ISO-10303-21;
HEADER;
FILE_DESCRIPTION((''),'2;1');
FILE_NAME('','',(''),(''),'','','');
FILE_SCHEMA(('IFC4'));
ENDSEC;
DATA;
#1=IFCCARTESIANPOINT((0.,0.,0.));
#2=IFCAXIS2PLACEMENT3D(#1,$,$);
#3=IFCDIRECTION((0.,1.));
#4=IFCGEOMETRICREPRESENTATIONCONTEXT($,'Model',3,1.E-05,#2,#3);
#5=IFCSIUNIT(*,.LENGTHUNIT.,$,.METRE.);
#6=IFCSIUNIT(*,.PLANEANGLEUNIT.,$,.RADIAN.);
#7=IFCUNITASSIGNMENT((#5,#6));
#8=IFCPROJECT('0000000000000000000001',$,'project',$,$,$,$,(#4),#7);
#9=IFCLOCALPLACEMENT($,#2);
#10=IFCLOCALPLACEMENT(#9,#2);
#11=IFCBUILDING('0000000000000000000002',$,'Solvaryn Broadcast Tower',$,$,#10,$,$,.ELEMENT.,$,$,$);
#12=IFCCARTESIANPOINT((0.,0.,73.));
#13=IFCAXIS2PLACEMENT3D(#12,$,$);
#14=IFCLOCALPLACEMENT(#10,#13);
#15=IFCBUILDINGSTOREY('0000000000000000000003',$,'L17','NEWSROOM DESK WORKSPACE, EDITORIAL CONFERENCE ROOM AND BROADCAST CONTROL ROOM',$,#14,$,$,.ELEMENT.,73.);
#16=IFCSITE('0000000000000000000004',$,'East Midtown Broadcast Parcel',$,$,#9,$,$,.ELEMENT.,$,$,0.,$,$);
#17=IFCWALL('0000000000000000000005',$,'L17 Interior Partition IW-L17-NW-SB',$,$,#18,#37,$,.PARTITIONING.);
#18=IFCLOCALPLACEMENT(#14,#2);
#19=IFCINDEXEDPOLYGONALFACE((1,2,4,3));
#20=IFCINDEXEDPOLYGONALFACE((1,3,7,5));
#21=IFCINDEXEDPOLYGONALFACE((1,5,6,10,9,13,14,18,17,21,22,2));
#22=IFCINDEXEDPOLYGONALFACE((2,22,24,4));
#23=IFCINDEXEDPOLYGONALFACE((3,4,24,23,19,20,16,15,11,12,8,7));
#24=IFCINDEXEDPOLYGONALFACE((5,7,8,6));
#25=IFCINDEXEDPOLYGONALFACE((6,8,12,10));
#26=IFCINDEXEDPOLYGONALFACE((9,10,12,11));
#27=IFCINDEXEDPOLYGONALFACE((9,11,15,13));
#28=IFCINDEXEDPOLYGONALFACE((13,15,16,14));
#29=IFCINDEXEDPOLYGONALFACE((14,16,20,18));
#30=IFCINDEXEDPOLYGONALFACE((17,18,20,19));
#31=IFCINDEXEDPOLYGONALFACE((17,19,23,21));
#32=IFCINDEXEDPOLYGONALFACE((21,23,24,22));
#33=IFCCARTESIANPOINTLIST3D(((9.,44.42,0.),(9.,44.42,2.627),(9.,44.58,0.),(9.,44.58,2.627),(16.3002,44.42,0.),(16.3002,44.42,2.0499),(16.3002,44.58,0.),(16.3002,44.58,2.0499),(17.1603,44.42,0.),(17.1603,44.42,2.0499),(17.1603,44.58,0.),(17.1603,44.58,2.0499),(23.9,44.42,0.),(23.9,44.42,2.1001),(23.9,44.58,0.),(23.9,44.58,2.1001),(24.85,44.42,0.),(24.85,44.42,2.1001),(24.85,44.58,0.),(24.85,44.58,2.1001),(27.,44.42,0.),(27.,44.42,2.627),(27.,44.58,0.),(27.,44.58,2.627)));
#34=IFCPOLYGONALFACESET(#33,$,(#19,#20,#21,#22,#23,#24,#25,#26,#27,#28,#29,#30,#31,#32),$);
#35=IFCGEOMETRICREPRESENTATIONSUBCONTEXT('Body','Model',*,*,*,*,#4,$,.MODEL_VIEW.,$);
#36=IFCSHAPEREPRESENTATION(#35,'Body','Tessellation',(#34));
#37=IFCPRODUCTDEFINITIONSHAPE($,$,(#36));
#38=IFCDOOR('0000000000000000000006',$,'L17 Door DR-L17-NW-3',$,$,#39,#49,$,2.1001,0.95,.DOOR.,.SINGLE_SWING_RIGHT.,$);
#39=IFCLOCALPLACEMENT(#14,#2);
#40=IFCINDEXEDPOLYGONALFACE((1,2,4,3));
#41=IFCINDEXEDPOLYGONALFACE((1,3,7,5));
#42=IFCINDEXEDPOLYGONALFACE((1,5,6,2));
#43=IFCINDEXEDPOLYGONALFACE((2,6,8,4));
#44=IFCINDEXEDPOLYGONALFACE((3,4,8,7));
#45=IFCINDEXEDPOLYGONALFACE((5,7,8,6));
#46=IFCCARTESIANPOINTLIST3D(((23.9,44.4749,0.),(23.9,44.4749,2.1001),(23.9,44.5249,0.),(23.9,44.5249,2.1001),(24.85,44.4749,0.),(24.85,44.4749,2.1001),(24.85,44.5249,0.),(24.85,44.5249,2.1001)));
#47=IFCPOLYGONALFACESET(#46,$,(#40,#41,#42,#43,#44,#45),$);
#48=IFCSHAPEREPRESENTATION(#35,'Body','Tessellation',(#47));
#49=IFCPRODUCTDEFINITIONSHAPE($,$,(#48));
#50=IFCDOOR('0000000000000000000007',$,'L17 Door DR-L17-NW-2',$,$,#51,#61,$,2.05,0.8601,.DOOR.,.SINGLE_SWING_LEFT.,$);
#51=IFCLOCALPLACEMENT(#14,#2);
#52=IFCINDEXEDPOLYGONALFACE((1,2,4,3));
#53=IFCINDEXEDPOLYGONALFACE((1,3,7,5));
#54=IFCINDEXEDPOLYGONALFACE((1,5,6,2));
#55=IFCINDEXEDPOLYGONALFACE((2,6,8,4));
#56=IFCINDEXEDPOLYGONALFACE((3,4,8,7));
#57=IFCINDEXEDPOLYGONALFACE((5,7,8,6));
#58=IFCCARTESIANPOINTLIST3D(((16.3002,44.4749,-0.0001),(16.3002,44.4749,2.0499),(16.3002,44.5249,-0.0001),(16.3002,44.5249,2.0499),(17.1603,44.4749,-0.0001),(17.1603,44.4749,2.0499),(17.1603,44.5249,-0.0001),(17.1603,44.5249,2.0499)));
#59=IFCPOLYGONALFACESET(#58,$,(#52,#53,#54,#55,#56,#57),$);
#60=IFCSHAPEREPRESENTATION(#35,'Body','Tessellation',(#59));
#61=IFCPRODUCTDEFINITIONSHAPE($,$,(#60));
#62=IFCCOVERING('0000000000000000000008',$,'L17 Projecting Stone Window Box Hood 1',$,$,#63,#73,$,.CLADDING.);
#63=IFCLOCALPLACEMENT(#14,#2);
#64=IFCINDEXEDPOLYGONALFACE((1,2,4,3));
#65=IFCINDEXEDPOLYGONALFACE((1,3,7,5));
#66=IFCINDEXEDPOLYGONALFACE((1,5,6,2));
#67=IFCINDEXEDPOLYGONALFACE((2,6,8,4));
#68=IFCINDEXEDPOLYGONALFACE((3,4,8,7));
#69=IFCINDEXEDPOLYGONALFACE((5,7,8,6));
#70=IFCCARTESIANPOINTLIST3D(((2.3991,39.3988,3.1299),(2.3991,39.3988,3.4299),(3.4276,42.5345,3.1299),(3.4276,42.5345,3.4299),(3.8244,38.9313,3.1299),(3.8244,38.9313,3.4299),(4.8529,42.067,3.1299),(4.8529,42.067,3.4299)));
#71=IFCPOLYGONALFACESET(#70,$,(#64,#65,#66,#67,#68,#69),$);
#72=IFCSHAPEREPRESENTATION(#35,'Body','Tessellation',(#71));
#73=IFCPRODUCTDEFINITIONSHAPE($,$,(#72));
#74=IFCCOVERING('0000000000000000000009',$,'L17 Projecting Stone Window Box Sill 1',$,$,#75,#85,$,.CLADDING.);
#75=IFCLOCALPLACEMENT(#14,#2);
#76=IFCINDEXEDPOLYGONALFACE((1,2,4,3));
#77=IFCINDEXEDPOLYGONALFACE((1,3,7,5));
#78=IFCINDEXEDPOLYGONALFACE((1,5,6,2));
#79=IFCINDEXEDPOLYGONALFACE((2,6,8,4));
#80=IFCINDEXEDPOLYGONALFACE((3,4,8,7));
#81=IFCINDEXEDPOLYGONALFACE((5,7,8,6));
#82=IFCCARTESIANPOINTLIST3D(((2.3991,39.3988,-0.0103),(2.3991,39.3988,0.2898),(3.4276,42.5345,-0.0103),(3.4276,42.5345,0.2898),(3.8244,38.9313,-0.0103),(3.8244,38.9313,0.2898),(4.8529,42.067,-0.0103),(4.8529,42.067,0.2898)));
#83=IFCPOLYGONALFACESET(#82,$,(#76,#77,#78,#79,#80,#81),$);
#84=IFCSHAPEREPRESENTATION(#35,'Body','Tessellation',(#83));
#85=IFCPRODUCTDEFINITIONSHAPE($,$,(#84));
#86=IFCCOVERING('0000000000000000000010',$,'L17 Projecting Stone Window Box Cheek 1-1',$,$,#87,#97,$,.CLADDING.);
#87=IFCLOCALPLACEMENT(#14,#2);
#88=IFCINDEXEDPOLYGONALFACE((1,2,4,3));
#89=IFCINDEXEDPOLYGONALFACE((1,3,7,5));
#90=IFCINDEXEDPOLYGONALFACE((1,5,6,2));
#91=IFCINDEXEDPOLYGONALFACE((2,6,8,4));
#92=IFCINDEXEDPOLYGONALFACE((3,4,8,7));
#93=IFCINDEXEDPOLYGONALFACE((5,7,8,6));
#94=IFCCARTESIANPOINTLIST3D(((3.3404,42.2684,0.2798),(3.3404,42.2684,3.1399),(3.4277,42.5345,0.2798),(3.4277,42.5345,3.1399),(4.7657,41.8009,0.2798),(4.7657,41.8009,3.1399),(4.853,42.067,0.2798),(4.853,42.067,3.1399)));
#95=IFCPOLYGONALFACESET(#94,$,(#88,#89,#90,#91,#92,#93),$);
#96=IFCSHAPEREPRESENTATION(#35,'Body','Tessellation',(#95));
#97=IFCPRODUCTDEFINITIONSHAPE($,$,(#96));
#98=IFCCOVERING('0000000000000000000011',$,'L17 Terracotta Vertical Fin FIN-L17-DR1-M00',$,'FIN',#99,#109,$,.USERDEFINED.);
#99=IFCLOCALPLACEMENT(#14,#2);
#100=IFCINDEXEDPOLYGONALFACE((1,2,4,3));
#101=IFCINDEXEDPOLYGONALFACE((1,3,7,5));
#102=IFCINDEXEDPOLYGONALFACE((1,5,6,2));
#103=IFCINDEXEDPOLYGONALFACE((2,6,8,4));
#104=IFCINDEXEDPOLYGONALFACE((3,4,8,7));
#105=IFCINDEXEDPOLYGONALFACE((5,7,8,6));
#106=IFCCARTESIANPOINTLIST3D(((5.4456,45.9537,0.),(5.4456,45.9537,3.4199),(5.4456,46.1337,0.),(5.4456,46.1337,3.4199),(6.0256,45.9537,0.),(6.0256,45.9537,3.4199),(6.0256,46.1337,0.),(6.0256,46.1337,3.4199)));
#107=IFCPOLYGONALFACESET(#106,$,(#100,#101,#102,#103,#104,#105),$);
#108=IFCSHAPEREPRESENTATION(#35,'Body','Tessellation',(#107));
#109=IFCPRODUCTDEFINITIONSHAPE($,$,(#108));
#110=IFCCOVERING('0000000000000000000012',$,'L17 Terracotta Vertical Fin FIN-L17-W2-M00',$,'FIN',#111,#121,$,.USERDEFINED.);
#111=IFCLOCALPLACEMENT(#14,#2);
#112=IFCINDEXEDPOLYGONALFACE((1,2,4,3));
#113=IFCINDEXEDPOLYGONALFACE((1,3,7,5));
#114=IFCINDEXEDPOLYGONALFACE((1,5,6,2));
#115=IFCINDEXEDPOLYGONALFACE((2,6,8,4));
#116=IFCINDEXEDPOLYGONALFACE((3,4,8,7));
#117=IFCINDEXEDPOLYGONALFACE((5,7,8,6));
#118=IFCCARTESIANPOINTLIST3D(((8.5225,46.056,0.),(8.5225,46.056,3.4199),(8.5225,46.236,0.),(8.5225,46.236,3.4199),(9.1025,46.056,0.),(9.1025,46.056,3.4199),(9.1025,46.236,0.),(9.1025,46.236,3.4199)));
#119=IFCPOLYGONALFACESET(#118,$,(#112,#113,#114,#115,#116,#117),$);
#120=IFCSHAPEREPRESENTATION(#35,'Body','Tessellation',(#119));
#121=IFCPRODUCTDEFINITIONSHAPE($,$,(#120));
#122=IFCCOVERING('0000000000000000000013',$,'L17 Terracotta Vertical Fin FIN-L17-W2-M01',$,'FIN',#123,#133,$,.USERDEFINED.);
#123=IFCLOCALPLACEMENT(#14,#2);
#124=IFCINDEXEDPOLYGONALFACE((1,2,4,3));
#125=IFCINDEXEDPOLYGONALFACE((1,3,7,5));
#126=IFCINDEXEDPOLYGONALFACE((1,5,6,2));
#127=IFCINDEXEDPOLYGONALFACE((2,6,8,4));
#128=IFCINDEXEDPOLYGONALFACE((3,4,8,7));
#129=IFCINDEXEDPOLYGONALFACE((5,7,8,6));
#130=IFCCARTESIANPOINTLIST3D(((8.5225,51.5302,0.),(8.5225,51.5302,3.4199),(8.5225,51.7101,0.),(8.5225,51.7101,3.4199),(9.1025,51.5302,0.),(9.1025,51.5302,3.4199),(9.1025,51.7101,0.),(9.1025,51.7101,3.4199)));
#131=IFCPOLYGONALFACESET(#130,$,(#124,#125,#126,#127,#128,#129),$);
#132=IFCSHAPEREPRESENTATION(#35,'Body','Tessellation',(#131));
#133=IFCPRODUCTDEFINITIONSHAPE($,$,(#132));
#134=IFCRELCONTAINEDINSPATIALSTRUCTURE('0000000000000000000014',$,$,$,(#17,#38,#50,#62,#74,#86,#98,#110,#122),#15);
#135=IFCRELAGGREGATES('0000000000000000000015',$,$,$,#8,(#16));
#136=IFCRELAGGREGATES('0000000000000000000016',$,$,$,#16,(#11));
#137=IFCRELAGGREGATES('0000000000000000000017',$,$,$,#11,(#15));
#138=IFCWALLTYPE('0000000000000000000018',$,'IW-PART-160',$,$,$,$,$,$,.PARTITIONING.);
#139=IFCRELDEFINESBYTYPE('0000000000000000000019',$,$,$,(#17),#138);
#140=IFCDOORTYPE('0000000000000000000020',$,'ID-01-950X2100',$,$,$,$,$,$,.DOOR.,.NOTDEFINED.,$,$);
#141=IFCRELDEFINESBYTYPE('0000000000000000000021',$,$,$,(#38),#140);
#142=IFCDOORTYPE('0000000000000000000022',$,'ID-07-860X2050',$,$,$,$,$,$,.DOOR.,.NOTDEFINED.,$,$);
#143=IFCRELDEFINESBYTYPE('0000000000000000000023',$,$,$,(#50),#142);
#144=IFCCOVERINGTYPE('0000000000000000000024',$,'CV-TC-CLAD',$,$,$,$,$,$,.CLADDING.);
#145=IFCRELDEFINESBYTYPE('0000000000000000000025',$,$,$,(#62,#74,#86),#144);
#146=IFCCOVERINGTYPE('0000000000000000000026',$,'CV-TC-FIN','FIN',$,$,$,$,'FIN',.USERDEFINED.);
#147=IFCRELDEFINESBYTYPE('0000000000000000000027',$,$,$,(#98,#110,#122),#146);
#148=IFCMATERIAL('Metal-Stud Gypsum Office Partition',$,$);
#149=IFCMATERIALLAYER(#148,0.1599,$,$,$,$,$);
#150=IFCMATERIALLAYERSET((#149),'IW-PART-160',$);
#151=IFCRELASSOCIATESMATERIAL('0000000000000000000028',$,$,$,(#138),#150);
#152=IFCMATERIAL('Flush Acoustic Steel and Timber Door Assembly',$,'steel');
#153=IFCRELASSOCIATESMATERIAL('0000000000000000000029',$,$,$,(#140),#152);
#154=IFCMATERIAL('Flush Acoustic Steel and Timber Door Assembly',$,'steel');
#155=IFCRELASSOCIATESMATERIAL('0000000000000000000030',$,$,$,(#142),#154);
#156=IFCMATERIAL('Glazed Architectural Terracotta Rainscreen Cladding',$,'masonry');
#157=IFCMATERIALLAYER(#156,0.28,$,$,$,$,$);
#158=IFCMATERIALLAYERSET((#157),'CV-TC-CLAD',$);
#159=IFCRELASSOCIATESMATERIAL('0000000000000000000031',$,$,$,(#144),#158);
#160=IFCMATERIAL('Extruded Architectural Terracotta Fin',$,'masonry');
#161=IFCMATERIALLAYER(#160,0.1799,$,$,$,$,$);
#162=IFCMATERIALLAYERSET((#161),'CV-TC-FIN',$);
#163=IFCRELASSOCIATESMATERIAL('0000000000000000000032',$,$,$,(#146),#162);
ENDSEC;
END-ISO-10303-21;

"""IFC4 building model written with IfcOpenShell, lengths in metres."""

from ifc_helpers import new_model, si_unit, direction, frame, frame_2d, origin, origin_2d, place, context, subcontext, project, spatial, rectangle, extrude, material, layer, layer_set, type_object, element, fill, save


model = new_model("IFC4")

# Units and contexts
model_context = context("Model", 3, precision=1e-05, world=origin(), true_north=direction((0.0, 1.0)))
body_context = subcontext(model_context, "Body", "Model", "MODEL_VIEW")
ifc_project = project(units=[si_unit("LENGTHUNIT", "METRE"), si_unit("PLANEANGLEUNIT", "RADIAN")], contexts=[model_context])

# Site, building, storey
site_placement = place(None, origin())
site = spatial("IfcSite", under=ifc_project, at=site_placement, Name="East Midtown Broadcast Parcel", CompositionType="ELEMENT", RefElevation=0.0)
building_placement = place(site_placement, origin())
building = spatial("IfcBuilding", under=site, at=building_placement, Name="Solvaryn Broadcast Tower", CompositionType="ELEMENT")
storey_placement = place(building_placement, frame((0.0, 0.0, 73.0)))
storey = spatial("IfcBuildingStorey", under=building, at=storey_placement, Name="L17", Description="NEWSROOM DESK WORKSPACE, EDITORIAL CONFERENCE ROOM AND BROADCAST CONTROL ROOM", CompositionType="ELEMENT", Elevation=73.0)

# Shared definitions
ifc_material_1 = material(Name="Metal-Stud Gypsum Office Partition")
ifc_layer_1 = layer(ifc_material_1, 0.1599)
ifc_layer_set_1 = layer_set([ifc_layer_1], Name="IW-PART-160")
wall_type_1 = type_object("IfcWallType", Name="IW-PART-160", PredefinedType="PARTITIONING", material=ifc_layer_set_1)

# Wall, openings, doors
wall_1_placement = place(storey_placement, frame((9.0, 44.5, 0.0), z_axis=(0.0, 0.0, 1.0), x_axis=(1.0, 0.0, 0.0)))
wall_1 = element("IfcWall", 1, at=wall_1_placement, inside=storey, type_object=wall_type_1, Name="L17 Interior Partition IW-L17-NW-SB", PredefinedType="PARTITIONING", context=body_context, shape_type="SweptSolid", body=[
    extrude(rectangle(XDim=18.0, YDim=0.1599, at=frame_2d((9.0, 0.0))), origin(), (0.0, 0.0, 1.0), 2.627),
])
opening_1_placement = place(wall_1_placement, frame((7.3, 0.0, 0.0)))
opening_1 = element("IfcOpeningElement", 2, at=opening_1_placement, cuts=wall_1, PredefinedType="OPENING", context=body_context, shape_type="SweptSolid", body=[
    extrude(rectangle(XDim=0.8601, YDim=2.05, at=frame_2d((0.4302, 1.0249))), frame((0.0, 0.0901, 0.0), z_axis=(0.0, -1.0, 0.0), x_axis=(1.0, 0.0, 0.0)), (0.0, 0.0, 1.0), 0.1799),
])
opening_2_placement = place(wall_1_placement, frame((14.8999, 0.0, 0.0)))
opening_2 = element("IfcOpeningElement", 3, at=opening_2_placement, cuts=wall_1, PredefinedType="OPENING", context=body_context, shape_type="SweptSolid", body=[
    extrude(rectangle(XDim=0.95, YDim=2.1001, at=frame_2d((0.4751, 1.05))), frame((0.0, 0.0901, 0.0), z_axis=(0.0, -1.0, 0.0), x_axis=(1.0, 0.0, 0.0)), (0.0, 0.0, 1.0), 0.1799),
])
ifc_material_2 = material(Name="Flush Acoustic Steel and Timber Door Assembly", Category="steel")
door_type_1 = type_object("IfcDoorType", Name="ID-01-950X2100", OperationType="NOTDEFINED", PredefinedType="DOOR", material=ifc_material_2)
door_1_placement = place(opening_2_placement, origin())
door_1 = element("IfcDoor", 4, at=door_1_placement, inside=storey, type_object=door_type_1, Name="L17 Door DR-L17-NW-3", OperationType="SINGLE_SWING_RIGHT", OverallHeight=2.1001, OverallWidth=0.95, PredefinedType="DOOR", context=body_context, shape_type="SweptSolid", body=[
    extrude(rectangle(XDim=0.95, YDim=2.1001, at=frame_2d((0.4751, 1.05))), frame((0.0, 0.0249, 0.0), z_axis=(0.0, -1.0, 0.0), x_axis=(1.0, 0.0, 0.0)), (0.0, 0.0, 1.0), 0.05),
])
fill(opening_2, door_1)
ifc_material_3 = material(Name="Flush Acoustic Steel and Timber Door Assembly", Category="steel")
door_type_2 = type_object("IfcDoorType", Name="ID-07-860X2050", OperationType="NOTDEFINED", PredefinedType="DOOR", material=ifc_material_3)
door_2_placement = place(opening_1_placement, origin())
door_2 = element("IfcDoor", 5, at=door_2_placement, inside=storey, type_object=door_type_2, Name="L17 Door DR-L17-NW-2", OperationType="SINGLE_SWING_LEFT", OverallHeight=2.05, OverallWidth=0.8601, PredefinedType="DOOR", context=body_context, shape_type="SweptSolid", body=[
    extrude(rectangle(XDim=0.8601, YDim=2.05, at=frame_2d((0.4302, 1.0249))), frame((0.0, 0.0249, 0.0), z_axis=(0.0, -1.0, 0.0), x_axis=(1.0, 0.0, 0.0)), (0.0, 0.0, 1.0), 0.05),
])
fill(opening_1, door_2)

# Coverings
ifc_material_4 = material(Name="Glazed Architectural Terracotta Rainscreen Cladding", Category="masonry")
ifc_layer_2 = layer(ifc_material_4, 0.28)
ifc_layer_set_2 = layer_set([ifc_layer_2], Name="CV-TC-CLAD")
covering_type_1 = type_object("IfcCoveringType", Name="CV-TC-CLAD", PredefinedType="CLADDING", material=ifc_layer_set_2)
for number, where, z_axis, x_axis, name in (
    (6, (3.626, 40.7329, 3.1299), (0.0, 0.0, 1.0), (-0.311672, -0.95019, 0.0), "L17 Projecting Stone Window Box Hood 1"),
    (7, (3.626, 40.7329, -0.0103), (0.0, 0.0, 1.0), (-0.311672, -0.95019, 0.0), "L17 Projecting Stone Window Box Sill 1"),
):
    element("IfcCovering", number, at=place(storey_placement, frame(where, z_axis=z_axis, x_axis=x_axis)), inside=storey, type_object=covering_type_1, Name=name, PredefinedType="CLADDING", context=body_context, shape_type="SweptSolid", body=[
        extrude(rectangle(XDim=3.3, YDim=1.5, at=origin_2d()), origin(), (0.0, 0.0, 1.0), 0.3),
    ])
covering_placement = place(storey_placement, frame((4.0967, 42.1677, 0.2798), z_axis=(0.0, 0.0, 1.0), x_axis=(-0.311672, -0.95019, 0.0)))
element("IfcCovering", 8, at=covering_placement, inside=storey, type_object=covering_type_1, Name="L17 Projecting Stone Window Box Cheek 1-1", PredefinedType="CLADDING", context=body_context, shape_type="SweptSolid", body=[
    extrude(rectangle(XDim=0.28, YDim=1.5, at=origin_2d()), origin(), (0.0, 0.0, 1.0), 2.8601),
])
ifc_material_5 = material(Name="Extruded Architectural Terracotta Fin", Category="masonry")
ifc_layer_3 = layer(ifc_material_5, 0.1799)
ifc_layer_set_3 = layer_set([ifc_layer_3], Name="CV-TC-FIN")
covering_type_2 = type_object("IfcCoveringType", Name="CV-TC-FIN", Description="FIN", ElementType="FIN", PredefinedType="USERDEFINED", material=ifc_layer_set_3)
for number, where, z_axis, x_axis, name in (
    (9, (5.7356, 46.0437, 0.0), (0.0, 0.0, 1.0), (1.0, 0.0, 0.0), "L17 Terracotta Vertical Fin FIN-L17-DR1-M00"),
    (10, (8.8125, 46.146, 0.0), (0.0, 0.0, 1.0), (1.0, 0.0, 0.0), "L17 Terracotta Vertical Fin FIN-L17-W2-M00"),
    (11, (8.8125, 51.6201, 0.0), (0.0, 0.0, 1.0), (1.0, 0.0, 0.0), "L17 Terracotta Vertical Fin FIN-L17-W2-M01"),
):
    element("IfcCovering", number, at=place(storey_placement, frame(where, z_axis=z_axis, x_axis=x_axis)), inside=storey, type_object=covering_type_2, Name=name, ObjectType="FIN", PredefinedType="USERDEFINED", context=body_context, shape_type="SweptSolid", body=[
        extrude(rectangle(XDim=0.5801, YDim=0.1799, at=origin_2d()), origin(), (0.0, 0.0, 1.0), 3.4199),
    ])

save(model, "model.ifc")
